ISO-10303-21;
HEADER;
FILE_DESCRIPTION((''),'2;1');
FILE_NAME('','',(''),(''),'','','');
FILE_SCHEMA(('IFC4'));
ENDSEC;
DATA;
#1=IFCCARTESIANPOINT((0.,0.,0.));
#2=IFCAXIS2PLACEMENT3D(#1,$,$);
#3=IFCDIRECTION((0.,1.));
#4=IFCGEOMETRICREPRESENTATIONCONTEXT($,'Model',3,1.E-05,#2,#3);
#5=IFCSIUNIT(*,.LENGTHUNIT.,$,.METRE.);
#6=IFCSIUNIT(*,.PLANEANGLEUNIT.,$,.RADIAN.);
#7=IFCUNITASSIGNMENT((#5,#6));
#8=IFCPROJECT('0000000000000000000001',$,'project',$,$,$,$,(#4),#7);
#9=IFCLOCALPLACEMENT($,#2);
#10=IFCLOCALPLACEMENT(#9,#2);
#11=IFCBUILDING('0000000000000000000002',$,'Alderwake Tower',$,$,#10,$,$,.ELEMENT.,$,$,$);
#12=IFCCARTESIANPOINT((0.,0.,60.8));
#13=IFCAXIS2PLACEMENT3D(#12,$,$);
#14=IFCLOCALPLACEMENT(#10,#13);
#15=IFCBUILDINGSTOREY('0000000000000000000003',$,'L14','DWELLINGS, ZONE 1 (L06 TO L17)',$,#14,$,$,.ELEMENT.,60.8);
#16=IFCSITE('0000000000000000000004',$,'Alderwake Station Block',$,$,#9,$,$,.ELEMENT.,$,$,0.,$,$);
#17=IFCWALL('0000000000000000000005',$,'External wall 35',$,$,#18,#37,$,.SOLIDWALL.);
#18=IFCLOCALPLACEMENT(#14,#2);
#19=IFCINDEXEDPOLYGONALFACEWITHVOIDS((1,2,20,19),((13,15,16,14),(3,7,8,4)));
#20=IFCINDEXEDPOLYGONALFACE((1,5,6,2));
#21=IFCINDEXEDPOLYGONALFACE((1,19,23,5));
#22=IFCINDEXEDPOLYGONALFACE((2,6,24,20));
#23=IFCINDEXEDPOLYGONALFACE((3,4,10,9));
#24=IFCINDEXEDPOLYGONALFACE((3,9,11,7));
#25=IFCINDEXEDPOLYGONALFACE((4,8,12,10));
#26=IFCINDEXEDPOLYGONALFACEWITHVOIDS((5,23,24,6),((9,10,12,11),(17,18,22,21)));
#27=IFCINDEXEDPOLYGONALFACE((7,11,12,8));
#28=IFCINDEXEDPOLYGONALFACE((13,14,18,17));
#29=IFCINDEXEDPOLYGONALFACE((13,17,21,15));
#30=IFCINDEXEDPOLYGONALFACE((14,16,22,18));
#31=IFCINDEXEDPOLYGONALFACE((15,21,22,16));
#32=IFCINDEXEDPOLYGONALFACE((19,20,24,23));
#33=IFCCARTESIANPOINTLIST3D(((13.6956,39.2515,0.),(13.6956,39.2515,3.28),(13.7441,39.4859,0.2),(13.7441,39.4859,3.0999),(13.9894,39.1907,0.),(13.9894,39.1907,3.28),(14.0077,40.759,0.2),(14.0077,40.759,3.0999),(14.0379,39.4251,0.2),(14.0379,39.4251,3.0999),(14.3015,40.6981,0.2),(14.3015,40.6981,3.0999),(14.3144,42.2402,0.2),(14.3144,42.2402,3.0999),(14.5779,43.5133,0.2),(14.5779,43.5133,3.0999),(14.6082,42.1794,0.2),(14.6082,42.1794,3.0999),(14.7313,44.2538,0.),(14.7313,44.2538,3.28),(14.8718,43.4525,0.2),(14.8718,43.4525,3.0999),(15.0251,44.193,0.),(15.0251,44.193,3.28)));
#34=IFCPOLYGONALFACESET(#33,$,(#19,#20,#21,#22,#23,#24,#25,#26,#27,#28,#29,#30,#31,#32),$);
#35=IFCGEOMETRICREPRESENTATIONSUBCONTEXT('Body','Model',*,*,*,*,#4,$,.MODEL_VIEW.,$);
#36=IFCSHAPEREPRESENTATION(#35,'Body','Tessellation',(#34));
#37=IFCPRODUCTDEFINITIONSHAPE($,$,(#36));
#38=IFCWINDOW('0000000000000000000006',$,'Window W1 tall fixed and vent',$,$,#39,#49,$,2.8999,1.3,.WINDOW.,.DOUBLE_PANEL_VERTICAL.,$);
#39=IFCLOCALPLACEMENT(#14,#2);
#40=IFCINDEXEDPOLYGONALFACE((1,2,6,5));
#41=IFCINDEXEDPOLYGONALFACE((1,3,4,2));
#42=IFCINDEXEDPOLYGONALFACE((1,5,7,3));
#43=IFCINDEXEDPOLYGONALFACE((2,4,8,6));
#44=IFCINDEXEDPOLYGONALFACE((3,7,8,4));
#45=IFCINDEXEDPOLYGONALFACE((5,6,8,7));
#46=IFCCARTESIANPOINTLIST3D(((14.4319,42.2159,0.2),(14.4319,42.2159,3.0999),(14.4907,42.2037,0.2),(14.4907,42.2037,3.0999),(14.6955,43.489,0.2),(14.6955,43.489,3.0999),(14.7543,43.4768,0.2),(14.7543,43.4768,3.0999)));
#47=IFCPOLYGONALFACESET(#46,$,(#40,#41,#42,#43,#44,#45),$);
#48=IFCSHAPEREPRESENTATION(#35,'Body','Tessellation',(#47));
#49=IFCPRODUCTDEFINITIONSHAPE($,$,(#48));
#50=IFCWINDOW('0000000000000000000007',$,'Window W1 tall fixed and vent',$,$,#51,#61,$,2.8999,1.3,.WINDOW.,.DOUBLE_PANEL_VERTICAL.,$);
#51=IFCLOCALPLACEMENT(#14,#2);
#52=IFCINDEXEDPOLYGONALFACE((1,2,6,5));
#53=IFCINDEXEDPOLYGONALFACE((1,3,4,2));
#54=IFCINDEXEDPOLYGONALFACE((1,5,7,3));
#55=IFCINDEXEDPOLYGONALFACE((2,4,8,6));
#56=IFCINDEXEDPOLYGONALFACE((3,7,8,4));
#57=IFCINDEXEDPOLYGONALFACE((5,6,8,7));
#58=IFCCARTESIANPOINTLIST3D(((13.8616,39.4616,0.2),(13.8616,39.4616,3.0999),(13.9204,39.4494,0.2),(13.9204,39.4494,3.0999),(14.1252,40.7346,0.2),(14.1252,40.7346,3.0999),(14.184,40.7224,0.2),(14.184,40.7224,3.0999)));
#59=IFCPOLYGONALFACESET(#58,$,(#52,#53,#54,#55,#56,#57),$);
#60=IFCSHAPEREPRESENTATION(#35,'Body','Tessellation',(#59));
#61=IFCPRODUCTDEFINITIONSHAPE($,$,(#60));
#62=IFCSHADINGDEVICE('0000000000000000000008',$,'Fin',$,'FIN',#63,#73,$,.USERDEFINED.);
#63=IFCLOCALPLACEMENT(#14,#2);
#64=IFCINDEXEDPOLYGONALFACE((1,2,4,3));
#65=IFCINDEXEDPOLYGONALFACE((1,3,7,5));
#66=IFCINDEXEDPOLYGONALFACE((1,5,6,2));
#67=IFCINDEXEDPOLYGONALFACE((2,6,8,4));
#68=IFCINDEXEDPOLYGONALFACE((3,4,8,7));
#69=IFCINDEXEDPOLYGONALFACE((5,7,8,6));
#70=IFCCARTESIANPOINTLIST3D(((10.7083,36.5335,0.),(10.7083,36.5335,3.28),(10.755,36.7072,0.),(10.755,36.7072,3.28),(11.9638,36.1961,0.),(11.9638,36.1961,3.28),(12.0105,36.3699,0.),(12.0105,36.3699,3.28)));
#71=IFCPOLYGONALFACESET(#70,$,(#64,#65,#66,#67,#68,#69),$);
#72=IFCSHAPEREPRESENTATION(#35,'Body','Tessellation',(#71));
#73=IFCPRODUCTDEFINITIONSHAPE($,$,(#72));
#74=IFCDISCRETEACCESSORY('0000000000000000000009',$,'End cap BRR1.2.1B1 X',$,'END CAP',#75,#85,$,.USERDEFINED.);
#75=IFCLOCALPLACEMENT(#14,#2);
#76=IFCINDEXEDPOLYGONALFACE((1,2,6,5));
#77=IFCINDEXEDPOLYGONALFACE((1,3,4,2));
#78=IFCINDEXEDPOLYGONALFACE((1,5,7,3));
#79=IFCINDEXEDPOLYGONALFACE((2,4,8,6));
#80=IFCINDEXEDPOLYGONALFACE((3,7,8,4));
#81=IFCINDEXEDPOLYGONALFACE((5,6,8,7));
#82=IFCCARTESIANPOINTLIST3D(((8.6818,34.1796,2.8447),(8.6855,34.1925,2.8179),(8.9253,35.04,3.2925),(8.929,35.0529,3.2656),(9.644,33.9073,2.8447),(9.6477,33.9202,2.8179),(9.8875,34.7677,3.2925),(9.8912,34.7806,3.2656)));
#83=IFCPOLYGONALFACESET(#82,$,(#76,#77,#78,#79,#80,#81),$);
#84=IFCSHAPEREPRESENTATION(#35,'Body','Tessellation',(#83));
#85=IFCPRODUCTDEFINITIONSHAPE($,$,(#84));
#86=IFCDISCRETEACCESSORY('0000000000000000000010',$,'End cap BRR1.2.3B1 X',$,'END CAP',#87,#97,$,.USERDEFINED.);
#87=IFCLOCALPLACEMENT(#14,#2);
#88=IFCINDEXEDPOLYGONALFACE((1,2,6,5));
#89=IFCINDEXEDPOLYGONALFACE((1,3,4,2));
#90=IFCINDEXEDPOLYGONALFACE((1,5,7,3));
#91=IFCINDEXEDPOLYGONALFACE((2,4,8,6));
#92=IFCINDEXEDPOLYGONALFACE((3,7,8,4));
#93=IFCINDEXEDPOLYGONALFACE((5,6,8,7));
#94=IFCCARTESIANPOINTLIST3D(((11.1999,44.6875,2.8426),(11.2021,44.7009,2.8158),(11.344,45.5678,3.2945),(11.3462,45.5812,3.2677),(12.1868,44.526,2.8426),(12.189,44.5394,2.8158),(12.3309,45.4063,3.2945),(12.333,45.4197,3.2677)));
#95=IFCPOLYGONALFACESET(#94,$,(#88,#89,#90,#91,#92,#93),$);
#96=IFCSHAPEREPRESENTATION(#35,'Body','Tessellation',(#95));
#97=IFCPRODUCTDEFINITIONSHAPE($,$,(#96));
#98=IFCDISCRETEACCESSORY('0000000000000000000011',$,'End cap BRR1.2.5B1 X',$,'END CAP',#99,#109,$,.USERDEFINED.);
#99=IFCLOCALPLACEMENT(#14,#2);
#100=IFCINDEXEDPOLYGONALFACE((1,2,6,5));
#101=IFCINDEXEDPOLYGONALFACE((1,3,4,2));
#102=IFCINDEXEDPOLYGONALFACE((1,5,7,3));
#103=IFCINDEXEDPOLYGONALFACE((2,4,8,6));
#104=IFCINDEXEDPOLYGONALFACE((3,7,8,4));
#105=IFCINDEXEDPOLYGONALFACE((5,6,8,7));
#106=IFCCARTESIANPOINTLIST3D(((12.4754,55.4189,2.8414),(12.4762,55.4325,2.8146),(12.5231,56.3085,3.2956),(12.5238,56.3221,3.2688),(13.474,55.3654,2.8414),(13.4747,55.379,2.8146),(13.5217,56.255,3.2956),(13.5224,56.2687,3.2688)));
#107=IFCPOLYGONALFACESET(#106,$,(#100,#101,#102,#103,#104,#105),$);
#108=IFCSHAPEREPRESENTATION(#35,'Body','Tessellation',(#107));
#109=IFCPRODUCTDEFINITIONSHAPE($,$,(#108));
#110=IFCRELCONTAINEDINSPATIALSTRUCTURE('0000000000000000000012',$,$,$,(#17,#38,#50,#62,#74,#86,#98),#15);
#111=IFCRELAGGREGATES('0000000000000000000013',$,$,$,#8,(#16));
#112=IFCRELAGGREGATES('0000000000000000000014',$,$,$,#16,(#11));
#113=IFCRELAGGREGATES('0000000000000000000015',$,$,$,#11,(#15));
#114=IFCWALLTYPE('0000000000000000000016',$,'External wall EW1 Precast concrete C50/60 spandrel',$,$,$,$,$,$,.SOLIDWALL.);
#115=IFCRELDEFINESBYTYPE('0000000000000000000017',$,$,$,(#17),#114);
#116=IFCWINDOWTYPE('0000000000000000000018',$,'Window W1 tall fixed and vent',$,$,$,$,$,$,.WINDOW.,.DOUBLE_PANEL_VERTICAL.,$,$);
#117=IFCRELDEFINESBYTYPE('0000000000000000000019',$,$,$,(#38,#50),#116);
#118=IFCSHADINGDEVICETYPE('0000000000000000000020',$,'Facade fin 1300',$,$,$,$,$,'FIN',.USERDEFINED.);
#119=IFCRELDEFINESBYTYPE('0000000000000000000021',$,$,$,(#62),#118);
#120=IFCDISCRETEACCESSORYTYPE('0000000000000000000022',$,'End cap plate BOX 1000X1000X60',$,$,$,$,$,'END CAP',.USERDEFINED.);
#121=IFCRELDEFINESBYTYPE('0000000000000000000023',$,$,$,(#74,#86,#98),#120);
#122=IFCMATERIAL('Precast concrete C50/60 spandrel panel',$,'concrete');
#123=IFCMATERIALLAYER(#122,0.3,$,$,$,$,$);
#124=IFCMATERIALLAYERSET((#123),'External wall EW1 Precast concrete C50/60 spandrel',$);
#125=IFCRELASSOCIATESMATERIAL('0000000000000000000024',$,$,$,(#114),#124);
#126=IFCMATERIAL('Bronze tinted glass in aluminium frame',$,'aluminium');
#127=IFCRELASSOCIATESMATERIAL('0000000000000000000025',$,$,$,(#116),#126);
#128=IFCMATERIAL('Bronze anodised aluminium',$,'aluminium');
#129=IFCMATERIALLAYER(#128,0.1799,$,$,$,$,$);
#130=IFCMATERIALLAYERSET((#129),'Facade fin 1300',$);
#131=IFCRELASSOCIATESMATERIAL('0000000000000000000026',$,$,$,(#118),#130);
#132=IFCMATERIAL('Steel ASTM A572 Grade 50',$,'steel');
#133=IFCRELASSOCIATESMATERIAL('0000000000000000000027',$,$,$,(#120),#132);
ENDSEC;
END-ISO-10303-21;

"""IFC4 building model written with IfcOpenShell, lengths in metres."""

from ifc_helpers import new_model, si_unit, direction, frame, frame_2d, origin, origin_2d, place, context, subcontext, project, spatial, rectangle, extrude, material, layer, layer_set, material_profile, profile_set, type_object, element, fill, save


model = new_model("IFC4")

# Units and contexts
model_context = context("Model", 3, precision=1e-05, world=origin(), true_north=direction((0.0, 1.0)))
body_context = subcontext(model_context, "Body", "Model", "MODEL_VIEW")
ifc_project = project(units=[si_unit("LENGTHUNIT", "METRE"), si_unit("PLANEANGLEUNIT", "RADIAN")], contexts=[model_context])

# Site, building, storey
site_placement = place(None, origin())
site = spatial("IfcSite", under=ifc_project, at=site_placement, Name="Alderwake Station Block", CompositionType="ELEMENT", RefElevation=0.0)
building_placement = place(site_placement, origin())
building = spatial("IfcBuilding", under=site, at=building_placement, Name="Alderwake Tower", CompositionType="ELEMENT")
storey_placement = place(building_placement, frame((0.0, 0.0, 60.8)))
storey = spatial("IfcBuildingStorey", under=building, at=storey_placement, Name="L14", Description="DWELLINGS, ZONE 1 (L06 TO L17)", CompositionType="ELEMENT", Elevation=60.8)

# Wall, openings, windows
ifc_material_1 = material(Name="Precast concrete C50/60 spandrel panel", Category="concrete")
ifc_layer_1 = layer(ifc_material_1, 0.3)
ifc_layer_set_1 = layer_set([ifc_layer_1], Name="External wall EW1 Precast concrete C50/60 spandrel")
wall_type_1 = type_object("IfcWallType", Name="External wall EW1 Precast concrete C50/60 spandrel", PredefinedType="SOLIDWALL", material=ifc_layer_set_1)
wall_1_placement = place(storey_placement, frame((14.8782, 44.2234, 0.0), z_axis=(0.0, 0.0, 1.0), x_axis=(-0.202738, -0.979233, 0.0)))
wall_1 = element("IfcWall", 1, at=wall_1_placement, inside=storey, type_object=wall_type_1, Name="External wall 35", PredefinedType="SOLIDWALL", context=body_context, shape_type="SweptSolid", body=[
    extrude(rectangle(XDim=5.1084, YDim=0.3, at=frame_2d((2.5542, 0.0))), origin(), (0.0, 0.0, 1.0), 3.28),
])
opening_1_placement = place(wall_1_placement, frame((0.7563, 0.0, 0.2)))
opening_1 = element("IfcOpeningElement", 2, at=opening_1_placement, cuts=wall_1, PredefinedType="OPENING", context=body_context, shape_type="SweptSolid", body=[
    extrude(rectangle(XDim=1.3, YDim=2.8999, at=frame_2d((0.6499, 1.45))), frame((0.0, 0.1599, 0.0), z_axis=(0.0, -1.0, 0.0), x_axis=(1.0, 0.0, 0.0)), (0.0, 0.0, 1.0), 0.3201),
])
opening_2_placement = place(wall_1_placement, frame((3.5691, 0.0, 0.2)))
opening_2 = element("IfcOpeningElement", 3, at=opening_2_placement, cuts=wall_1, PredefinedType="OPENING", context=body_context, shape_type="SweptSolid", body=[
    extrude(rectangle(XDim=1.3, YDim=2.8999, at=frame_2d((0.6499, 1.45))), frame((0.0, 0.1599, 0.0), z_axis=(0.0, -1.0, 0.0), x_axis=(1.0, 0.0, 0.0)), (0.0, 0.0, 1.0), 0.3201),
])
ifc_material_2 = material(Name="Bronze tinted glass in aluminium frame", Category="aluminium")
window_type = type_object("IfcWindowType", Name="Window W1 tall fixed and vent", PartitioningType="DOUBLE_PANEL_VERTICAL", PredefinedType="WINDOW", material=ifc_material_2)
window_1_placement = place(opening_1_placement, origin())
window_1 = element("IfcWindow", 4, at=window_1_placement, inside=storey, type_object=window_type, Name="Window W1 tall fixed and vent", OverallHeight=2.8999, OverallWidth=1.3, PartitioningType="DOUBLE_PANEL_VERTICAL", PredefinedType="WINDOW", context=body_context, shape_type="SweptSolid", body=[
    extrude(rectangle(XDim=1.3, YDim=2.8999, at=frame_2d((0.6499, 1.45))), frame((0.0, 0.03, 0.0), z_axis=(0.0, -1.0, 0.0), x_axis=(1.0, 0.0, 0.0)), (0.0, 0.0, 1.0), 0.0601),
])
fill(opening_1, window_1)
window_2_placement = place(opening_2_placement, origin())
window_2 = element("IfcWindow", 5, at=window_2_placement, inside=storey, type_object=window_type, Name="Window W1 tall fixed and vent", OverallHeight=2.8999, OverallWidth=1.3, PartitioningType="DOUBLE_PANEL_VERTICAL", PredefinedType="WINDOW", context=body_context, shape_type="SweptSolid", body=[
    extrude(rectangle(XDim=1.3, YDim=2.8999, at=frame_2d((0.6499, 1.45))), frame((0.0, 0.03, 0.0), z_axis=(0.0, -1.0, 0.0), x_axis=(1.0, 0.0, 0.0)), (0.0, 0.0, 1.0), 0.0601),
])
fill(opening_2, window_2)

# Shading device
ifc_material_3 = material(Name="Bronze anodised aluminium", Category="aluminium")
ifc_layer_2 = layer(ifc_material_3, 0.1799)
ifc_layer_set_2 = layer_set([ifc_layer_2], Name="Facade fin 1300")
shading_device_type = type_object("IfcShadingDeviceType", Name="Facade fin 1300", ElementType="FIN", PredefinedType="USERDEFINED", material=ifc_layer_set_2)
shading_device_placement = place(storey_placement, frame((11.3594, 36.4517, 0.0), z_axis=(0.0, 0.0, 1.0), x_axis=(0.965744, -0.259495, 0.0)))
element("IfcShadingDevice", 6, at=shading_device_placement, inside=storey, type_object=shading_device_type, Name="Fin", ObjectType="FIN", PredefinedType="USERDEFINED", context=body_context, shape_type="SweptSolid", body=[
    extrude(rectangle(XDim=1.3, YDim=0.1799, at=origin_2d()), origin(), (0.0, 0.0, 1.0), 3.28),
])

# Discrete accessories
ifc_material_4 = material(Name="Steel ASTM A572 Grade 50", Category="steel")
ifc_material_profile_1 = material_profile(ifc_material_4, rectangle(XDim=1.0, YDim=1.0, at=origin_2d()), Name="BOX 1000X1000X60 cap")
ifc_profile_set_1 = profile_set([ifc_material_profile_1], Name="Steel ASTM A572 Grade 50")
discrete_accessory_type = type_object("IfcDiscreteAccessoryType", Name="End cap plate BOX 1000X1000X60", ElementType="END CAP", PredefinedType="USERDEFINED", material=ifc_profile_set_1)
for number, where, z_axis, x_axis, name in (
    (7, (9.2883, 34.4866, 3.0417), (-0.121931, -0.430823, 0.894161), (0.962206, -0.272322, 0.0), "End cap BRR1.2.1B1 X"),
    (8, (11.7676, 45.0603, 3.0417), (-0.072985, -0.446021, 0.892042), (0.986875, -0.161489, 0.0), "End cap BRR1.2.3B1 X"),
    (9, (12.9993, 55.8506, 3.0417), (-0.024297, -0.453549, 0.8909), (0.998568, -0.053495, 0.0), "End cap BRR1.2.5B1 X"),
):
    element("IfcDiscreteAccessory", number, at=place(storey_placement, frame(where, z_axis=z_axis, x_axis=x_axis)), inside=storey, type_object=discrete_accessory_type, Name=name, ObjectType="END CAP", PredefinedType="USERDEFINED", context=body_context, shape_type="SweptSolid", body=[
        extrude(rectangle(XDim=1.0, YDim=1.0, at=origin_2d()), origin(), (0.0, 0.0, 1.0), 0.03),
    ])

save(model, "model.ifc")
